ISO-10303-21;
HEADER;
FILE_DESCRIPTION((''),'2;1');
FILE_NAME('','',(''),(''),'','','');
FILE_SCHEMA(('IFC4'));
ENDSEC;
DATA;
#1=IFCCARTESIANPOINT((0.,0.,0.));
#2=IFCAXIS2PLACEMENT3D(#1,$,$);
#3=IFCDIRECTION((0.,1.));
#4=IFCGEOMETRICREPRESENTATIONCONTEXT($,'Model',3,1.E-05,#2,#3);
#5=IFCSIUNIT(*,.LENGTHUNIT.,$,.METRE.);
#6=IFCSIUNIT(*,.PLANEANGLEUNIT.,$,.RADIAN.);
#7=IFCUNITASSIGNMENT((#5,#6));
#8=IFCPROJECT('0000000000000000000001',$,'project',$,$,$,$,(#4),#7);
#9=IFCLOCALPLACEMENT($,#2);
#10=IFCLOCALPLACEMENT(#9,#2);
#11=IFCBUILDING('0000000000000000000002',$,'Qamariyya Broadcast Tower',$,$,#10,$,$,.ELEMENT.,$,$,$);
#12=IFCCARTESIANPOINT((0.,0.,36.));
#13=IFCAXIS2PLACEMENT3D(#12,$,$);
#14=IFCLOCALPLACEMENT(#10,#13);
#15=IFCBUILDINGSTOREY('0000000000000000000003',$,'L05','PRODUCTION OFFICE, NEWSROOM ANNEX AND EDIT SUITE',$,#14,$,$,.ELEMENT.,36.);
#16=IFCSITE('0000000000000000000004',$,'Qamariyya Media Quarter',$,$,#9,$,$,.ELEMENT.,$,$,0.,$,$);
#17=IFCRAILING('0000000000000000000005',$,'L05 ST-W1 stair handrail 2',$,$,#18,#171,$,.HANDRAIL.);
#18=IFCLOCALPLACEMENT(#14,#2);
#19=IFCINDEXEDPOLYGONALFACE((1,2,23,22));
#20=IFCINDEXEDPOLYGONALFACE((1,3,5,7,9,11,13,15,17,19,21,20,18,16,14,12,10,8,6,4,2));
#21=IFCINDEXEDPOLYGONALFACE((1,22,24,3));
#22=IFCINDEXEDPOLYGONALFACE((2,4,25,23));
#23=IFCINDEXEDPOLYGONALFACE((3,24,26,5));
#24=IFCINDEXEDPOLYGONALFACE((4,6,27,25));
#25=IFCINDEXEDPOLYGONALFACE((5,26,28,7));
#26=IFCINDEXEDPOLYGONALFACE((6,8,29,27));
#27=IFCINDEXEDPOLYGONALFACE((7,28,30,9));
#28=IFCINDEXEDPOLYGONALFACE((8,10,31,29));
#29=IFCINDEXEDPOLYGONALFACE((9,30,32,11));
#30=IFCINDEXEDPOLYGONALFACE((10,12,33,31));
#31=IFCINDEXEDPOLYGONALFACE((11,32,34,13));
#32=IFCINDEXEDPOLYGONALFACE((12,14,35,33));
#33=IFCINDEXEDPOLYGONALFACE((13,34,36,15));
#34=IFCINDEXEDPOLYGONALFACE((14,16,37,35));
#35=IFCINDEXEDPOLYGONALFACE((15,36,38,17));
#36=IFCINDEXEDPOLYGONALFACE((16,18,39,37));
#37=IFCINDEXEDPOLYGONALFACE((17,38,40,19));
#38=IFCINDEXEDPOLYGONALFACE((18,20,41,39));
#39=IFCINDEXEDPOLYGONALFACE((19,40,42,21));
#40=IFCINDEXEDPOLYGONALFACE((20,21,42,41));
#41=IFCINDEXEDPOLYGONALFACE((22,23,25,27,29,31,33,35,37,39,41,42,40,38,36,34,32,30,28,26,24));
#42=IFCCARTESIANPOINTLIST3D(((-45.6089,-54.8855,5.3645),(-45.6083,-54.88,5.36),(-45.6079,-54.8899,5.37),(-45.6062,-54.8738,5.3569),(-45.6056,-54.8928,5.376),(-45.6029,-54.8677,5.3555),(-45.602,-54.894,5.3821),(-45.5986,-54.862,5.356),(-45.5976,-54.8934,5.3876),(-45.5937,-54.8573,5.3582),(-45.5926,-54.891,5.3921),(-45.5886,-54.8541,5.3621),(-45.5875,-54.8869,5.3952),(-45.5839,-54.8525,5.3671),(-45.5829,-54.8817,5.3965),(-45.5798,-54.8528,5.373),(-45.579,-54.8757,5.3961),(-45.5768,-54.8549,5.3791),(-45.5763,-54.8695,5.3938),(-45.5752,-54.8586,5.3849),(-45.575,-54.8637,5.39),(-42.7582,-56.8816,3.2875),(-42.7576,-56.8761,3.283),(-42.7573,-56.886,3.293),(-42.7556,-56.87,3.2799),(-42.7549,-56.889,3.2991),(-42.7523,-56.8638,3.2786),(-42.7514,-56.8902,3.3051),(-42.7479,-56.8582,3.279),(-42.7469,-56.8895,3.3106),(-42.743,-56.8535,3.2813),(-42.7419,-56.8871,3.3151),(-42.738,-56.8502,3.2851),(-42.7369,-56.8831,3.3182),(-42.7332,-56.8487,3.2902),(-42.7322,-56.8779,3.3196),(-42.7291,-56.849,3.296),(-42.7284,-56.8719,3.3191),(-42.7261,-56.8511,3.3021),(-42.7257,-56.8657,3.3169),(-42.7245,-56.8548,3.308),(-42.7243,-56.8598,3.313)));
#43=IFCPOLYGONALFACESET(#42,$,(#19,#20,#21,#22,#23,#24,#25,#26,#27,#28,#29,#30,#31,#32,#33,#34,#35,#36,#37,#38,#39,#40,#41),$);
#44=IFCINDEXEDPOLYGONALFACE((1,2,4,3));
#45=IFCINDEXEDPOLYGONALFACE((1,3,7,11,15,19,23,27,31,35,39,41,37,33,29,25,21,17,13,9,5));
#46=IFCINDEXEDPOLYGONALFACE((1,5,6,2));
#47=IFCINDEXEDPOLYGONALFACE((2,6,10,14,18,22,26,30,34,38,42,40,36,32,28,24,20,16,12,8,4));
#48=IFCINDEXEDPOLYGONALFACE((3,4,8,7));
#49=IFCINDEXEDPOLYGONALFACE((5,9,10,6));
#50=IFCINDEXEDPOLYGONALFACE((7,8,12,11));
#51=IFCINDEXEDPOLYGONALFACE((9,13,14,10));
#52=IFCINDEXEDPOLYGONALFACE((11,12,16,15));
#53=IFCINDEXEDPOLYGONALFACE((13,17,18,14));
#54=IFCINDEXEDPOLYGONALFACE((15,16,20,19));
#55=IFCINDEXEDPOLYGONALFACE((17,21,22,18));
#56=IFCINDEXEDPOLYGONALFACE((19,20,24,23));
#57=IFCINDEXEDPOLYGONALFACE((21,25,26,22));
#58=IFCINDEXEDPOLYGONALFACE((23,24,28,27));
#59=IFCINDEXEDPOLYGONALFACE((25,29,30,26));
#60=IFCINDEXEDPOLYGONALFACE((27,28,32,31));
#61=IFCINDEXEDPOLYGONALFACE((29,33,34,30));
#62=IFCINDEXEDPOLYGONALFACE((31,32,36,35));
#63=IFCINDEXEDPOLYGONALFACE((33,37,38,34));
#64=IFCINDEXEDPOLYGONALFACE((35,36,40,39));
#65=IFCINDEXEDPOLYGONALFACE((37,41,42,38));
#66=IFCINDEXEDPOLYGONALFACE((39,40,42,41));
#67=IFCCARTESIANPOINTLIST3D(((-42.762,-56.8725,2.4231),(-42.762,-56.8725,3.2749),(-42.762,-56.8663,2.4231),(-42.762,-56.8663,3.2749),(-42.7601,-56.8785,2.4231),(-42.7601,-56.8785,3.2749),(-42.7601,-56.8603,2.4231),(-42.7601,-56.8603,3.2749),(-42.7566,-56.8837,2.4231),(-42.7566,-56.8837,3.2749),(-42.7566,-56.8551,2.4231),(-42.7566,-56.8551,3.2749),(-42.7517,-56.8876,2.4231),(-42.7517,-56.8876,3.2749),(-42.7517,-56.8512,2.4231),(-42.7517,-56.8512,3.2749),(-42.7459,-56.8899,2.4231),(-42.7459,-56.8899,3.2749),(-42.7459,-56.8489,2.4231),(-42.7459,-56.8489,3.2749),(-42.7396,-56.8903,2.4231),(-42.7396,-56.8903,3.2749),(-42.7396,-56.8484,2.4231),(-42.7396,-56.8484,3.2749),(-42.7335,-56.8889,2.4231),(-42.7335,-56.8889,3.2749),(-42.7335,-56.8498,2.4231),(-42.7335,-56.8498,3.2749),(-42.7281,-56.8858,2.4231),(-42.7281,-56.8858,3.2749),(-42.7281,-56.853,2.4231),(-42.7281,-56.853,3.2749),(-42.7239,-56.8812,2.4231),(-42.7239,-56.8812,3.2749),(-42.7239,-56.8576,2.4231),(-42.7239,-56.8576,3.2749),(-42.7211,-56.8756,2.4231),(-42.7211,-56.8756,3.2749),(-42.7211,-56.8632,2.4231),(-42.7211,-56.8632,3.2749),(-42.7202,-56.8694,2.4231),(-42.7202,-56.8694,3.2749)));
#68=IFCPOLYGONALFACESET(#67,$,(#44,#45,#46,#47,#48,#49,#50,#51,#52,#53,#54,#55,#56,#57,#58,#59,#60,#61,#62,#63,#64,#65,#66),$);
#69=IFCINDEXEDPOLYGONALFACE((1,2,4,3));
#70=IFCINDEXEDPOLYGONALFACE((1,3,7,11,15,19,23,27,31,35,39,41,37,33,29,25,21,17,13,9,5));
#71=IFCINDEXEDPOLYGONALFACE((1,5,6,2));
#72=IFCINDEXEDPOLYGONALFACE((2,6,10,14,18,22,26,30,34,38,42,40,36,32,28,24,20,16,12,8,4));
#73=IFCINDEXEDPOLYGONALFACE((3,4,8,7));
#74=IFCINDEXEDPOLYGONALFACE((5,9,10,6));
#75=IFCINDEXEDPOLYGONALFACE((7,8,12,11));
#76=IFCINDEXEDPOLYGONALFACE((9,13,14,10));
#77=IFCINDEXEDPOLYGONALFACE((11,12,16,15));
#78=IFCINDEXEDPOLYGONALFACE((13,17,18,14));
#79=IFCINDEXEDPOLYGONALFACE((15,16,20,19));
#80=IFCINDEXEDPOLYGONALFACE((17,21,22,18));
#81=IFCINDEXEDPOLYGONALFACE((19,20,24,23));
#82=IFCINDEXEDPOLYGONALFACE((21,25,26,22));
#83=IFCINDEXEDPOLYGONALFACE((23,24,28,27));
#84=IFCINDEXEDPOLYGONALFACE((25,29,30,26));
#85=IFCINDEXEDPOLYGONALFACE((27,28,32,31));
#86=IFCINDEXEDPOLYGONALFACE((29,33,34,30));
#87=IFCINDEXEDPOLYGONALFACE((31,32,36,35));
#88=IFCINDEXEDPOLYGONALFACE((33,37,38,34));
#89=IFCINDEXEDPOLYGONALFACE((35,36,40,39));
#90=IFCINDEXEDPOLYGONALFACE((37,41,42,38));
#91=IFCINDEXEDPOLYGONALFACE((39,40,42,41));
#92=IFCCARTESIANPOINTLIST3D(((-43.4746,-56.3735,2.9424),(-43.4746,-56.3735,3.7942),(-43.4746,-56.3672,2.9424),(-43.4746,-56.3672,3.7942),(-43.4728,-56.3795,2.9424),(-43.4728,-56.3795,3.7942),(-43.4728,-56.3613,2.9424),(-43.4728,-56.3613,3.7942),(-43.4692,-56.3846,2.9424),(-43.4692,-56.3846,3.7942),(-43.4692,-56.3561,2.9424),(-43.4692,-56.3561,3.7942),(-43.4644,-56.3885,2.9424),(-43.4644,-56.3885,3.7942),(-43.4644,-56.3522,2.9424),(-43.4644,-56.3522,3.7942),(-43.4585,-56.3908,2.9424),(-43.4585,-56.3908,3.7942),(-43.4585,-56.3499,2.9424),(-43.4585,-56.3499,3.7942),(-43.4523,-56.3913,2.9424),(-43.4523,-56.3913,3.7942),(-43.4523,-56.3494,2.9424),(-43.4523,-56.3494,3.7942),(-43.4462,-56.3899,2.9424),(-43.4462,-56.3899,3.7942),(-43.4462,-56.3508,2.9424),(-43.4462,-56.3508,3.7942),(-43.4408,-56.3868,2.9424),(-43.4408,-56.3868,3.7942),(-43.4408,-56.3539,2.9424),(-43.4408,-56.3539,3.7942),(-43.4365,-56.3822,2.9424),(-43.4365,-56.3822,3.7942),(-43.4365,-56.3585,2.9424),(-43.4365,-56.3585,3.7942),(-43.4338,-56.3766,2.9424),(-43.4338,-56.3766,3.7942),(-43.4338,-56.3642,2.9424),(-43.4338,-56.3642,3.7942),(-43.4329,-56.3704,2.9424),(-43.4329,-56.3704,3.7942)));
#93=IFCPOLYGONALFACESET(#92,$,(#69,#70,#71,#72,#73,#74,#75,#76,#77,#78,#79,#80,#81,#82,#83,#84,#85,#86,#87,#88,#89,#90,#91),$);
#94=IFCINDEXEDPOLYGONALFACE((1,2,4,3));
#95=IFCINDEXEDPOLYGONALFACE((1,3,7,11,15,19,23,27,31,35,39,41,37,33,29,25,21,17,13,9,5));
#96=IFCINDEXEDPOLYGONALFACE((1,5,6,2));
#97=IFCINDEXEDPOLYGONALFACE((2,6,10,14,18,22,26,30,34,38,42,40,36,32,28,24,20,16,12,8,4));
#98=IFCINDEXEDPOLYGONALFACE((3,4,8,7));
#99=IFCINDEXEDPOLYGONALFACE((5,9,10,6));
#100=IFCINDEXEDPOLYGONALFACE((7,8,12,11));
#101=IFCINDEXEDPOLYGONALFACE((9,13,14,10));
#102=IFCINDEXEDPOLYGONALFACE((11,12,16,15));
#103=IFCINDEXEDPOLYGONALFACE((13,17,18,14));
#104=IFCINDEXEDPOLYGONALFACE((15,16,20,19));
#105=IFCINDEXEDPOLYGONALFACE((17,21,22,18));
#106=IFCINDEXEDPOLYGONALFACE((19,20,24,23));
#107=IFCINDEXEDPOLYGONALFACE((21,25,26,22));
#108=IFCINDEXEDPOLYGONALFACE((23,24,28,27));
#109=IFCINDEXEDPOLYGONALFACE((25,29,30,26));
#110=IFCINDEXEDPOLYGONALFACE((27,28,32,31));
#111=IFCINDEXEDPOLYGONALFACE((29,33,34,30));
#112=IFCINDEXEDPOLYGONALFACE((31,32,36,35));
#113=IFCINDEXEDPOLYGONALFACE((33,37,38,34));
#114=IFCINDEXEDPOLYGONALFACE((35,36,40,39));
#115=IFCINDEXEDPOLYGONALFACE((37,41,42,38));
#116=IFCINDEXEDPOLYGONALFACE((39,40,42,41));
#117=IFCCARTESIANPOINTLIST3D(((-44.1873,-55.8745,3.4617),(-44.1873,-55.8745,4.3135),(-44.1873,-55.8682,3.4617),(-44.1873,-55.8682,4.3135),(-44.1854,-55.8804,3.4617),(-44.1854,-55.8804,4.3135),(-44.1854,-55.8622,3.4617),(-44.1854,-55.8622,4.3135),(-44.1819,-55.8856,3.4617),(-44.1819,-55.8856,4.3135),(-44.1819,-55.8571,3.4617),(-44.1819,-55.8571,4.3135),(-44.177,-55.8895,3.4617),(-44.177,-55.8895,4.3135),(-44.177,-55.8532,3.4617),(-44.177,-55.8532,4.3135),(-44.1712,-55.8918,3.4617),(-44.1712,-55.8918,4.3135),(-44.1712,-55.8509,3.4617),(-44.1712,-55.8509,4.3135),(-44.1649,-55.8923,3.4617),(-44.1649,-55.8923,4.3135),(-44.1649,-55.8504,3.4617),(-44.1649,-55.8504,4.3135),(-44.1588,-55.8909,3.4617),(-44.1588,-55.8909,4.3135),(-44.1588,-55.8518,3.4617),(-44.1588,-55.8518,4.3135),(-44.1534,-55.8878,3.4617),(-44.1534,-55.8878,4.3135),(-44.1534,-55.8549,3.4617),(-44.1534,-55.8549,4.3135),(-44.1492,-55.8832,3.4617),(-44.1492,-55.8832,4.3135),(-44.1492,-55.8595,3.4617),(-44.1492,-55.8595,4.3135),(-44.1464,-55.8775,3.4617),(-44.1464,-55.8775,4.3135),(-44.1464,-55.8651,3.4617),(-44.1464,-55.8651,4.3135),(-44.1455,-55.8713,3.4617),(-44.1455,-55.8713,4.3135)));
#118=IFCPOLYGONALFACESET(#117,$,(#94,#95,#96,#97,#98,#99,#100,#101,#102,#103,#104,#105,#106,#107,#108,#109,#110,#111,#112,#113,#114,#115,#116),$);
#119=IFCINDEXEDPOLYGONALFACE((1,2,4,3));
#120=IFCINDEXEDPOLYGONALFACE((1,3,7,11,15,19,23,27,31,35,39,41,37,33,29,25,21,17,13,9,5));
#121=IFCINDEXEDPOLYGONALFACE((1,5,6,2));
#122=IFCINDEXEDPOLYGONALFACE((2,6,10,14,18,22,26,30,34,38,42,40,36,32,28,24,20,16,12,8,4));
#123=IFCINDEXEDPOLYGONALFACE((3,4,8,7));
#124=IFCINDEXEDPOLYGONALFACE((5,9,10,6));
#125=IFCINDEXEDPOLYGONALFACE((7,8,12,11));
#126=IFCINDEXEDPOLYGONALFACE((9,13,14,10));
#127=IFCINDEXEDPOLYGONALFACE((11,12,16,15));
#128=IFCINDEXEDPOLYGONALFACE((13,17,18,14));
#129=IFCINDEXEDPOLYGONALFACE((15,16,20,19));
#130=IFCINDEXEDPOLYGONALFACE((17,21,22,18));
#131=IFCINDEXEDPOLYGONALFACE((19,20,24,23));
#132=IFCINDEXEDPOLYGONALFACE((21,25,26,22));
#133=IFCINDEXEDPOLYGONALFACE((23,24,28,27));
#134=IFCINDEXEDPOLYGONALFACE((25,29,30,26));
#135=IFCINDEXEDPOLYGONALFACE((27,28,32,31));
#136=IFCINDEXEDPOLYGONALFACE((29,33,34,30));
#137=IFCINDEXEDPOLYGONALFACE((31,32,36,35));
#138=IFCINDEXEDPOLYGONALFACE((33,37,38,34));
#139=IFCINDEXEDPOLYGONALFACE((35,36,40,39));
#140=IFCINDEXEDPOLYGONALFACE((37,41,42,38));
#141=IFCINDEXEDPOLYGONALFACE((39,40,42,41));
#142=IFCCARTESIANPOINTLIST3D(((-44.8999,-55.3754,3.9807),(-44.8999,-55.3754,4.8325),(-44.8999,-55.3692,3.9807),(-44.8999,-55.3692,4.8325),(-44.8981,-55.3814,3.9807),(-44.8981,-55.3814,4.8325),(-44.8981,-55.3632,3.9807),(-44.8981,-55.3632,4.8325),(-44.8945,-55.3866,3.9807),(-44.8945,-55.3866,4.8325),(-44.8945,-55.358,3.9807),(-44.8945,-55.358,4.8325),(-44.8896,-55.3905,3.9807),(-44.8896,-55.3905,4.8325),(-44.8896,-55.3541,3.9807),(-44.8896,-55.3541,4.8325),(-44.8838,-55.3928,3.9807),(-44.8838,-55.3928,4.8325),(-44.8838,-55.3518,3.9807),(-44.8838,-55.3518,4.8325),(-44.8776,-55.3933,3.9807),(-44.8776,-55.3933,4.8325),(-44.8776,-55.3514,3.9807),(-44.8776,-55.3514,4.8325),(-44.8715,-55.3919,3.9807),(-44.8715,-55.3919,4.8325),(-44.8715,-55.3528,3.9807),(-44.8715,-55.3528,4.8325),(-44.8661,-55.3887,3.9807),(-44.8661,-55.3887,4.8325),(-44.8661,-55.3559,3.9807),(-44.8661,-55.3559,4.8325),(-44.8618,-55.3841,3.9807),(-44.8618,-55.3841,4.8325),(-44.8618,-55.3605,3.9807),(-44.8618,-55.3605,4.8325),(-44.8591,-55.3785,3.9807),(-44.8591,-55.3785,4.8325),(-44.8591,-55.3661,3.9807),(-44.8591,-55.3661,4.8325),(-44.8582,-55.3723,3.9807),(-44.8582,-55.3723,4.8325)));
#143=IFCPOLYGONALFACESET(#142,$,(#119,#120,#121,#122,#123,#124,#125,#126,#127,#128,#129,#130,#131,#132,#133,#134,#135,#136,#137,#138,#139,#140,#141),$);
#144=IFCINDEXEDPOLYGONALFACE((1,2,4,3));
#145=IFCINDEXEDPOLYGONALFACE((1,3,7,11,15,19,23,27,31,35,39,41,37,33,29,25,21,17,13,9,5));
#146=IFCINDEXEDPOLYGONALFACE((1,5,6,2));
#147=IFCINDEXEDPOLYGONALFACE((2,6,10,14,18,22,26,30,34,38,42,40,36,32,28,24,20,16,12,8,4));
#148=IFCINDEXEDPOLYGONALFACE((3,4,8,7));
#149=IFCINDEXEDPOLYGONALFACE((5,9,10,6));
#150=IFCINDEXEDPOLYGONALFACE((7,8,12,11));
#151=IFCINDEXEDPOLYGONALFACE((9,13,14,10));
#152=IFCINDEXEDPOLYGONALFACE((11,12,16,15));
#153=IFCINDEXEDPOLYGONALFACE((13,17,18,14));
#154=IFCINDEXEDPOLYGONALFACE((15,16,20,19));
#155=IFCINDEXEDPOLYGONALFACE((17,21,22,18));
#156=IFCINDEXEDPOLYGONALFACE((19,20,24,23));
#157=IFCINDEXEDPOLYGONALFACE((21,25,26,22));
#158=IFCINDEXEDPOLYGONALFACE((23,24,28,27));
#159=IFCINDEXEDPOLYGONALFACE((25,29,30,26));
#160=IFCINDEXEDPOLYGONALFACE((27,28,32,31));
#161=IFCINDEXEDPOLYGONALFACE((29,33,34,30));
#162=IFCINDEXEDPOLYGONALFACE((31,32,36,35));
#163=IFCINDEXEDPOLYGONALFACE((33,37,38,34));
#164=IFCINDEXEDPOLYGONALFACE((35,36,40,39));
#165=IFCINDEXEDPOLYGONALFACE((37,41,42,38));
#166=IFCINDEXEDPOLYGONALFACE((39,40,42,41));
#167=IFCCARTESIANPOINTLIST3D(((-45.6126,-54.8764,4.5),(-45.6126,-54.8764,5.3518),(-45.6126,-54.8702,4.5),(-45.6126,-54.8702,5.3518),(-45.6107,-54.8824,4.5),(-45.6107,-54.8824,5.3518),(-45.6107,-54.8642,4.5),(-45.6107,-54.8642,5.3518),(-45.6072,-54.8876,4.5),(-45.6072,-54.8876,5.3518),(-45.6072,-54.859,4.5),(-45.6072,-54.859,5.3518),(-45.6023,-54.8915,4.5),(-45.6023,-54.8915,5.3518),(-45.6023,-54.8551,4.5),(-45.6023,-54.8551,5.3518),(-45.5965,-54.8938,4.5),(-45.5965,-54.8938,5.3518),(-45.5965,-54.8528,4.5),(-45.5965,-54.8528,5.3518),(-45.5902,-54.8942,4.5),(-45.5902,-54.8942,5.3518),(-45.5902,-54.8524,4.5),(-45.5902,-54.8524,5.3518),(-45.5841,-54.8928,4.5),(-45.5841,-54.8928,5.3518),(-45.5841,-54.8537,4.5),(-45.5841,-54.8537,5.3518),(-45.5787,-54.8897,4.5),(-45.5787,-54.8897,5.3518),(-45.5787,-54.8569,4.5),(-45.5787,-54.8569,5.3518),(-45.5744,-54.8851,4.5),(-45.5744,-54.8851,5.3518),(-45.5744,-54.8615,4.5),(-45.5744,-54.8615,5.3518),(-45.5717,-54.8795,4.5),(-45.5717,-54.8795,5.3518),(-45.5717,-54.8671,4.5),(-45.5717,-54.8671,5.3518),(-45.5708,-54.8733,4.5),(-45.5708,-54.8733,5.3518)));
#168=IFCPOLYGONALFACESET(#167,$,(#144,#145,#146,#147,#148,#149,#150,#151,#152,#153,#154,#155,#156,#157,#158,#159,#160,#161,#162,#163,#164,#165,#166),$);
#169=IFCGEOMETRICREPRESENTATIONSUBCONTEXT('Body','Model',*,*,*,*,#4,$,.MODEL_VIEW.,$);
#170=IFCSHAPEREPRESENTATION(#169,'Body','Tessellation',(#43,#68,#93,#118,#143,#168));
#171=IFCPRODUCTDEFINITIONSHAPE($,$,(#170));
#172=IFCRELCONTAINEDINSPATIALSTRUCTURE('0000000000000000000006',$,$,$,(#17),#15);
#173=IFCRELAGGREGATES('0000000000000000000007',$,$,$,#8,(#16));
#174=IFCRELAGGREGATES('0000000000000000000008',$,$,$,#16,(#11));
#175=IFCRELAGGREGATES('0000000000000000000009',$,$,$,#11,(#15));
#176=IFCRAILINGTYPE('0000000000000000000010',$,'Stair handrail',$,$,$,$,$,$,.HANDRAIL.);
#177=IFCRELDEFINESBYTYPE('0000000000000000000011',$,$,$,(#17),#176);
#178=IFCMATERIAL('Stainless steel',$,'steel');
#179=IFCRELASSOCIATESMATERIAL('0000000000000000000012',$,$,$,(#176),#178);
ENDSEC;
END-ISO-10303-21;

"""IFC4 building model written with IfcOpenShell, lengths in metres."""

from ifc_helpers import new_model, si_unit, direction, frame, origin, origin_2d, place, context, subcontext, project, spatial, circle, extrude, material, type_object, element, save


model = new_model("IFC4")

# Units and contexts
model_context = context("Model", 3, precision=1e-05, world=origin(), true_north=direction((0.0, 1.0)))
body_context = subcontext(model_context, "Body", "Model", "MODEL_VIEW")
ifc_project = project(units=[si_unit("LENGTHUNIT", "METRE"), si_unit("PLANEANGLEUNIT", "RADIAN")], contexts=[model_context])

# Site, building, storey
site_placement = place(None, origin())
site = spatial("IfcSite", under=ifc_project, at=site_placement, Name="Qamariyya Media Quarter", CompositionType="ELEMENT", RefElevation=0.0)
building_placement = place(site_placement, origin())
building = spatial("IfcBuilding", under=site, at=building_placement, Name="Qamariyya Broadcast Tower", CompositionType="ELEMENT")
storey_placement = place(building_placement, frame((0.0, 0.0, 36.0)))
storey = spatial("IfcBuildingStorey", under=building, at=storey_placement, Name="L05", Description="PRODUCTION OFFICE, NEWSROOM ANNEX AND EDIT SUITE", CompositionType="ELEMENT", Elevation=36.0)

# Railing
ifc_material_1 = material(Name="Stainless steel", Category="steel")
railing_type_1 = type_object("IfcRailingType", Name="Stair handrail", PredefinedType="HANDRAIL", material=ifc_material_1)
railing_1_placement = place(storey_placement, frame((-42.7412, -56.8694, 2.4231)))
element("IfcRailing", 1, at=railing_1_placement, inside=storey, type_object=railing_type_1, Name="L05 ST-W1 stair handrail 2", PredefinedType="HANDRAIL", context=body_context, shape_type="SweptSolid", body=[
    extrude(circle(Radius=0.0239, at=origin_2d()), frame((0.0, 0.0, 0.876), z_axis=(-0.703393, 0.492544, 0.512484), x_axis=(-0.573594, -0.81914, 0.0)), (0.0, 0.0, 1.0), 4.0527),
    extrude(circle(Radius=0.021, at=origin_2d()), origin(), (0.0, 0.0, 1.0), 0.8518),
    extrude(circle(Radius=0.021, at=origin_2d()), frame((-0.7126, 0.499, 0.5193)), (0.0, 0.0, 1.0), 0.8518),
    extrude(circle(Radius=0.021, at=origin_2d()), frame((-1.4253, 0.998, 1.0386)), (0.0, 0.0, 1.0), 0.8518),
    extrude(circle(Radius=0.021, at=origin_2d()), frame((-2.1379, 1.4971, 1.5576)), (0.0, 0.0, 1.0), 0.8518),
    extrude(circle(Radius=0.021, at=origin_2d()), frame((-2.8506, 1.9961, 2.0769)), (0.0, 0.0, 1.0), 0.8518),
])

save(model, "model.ifc")
